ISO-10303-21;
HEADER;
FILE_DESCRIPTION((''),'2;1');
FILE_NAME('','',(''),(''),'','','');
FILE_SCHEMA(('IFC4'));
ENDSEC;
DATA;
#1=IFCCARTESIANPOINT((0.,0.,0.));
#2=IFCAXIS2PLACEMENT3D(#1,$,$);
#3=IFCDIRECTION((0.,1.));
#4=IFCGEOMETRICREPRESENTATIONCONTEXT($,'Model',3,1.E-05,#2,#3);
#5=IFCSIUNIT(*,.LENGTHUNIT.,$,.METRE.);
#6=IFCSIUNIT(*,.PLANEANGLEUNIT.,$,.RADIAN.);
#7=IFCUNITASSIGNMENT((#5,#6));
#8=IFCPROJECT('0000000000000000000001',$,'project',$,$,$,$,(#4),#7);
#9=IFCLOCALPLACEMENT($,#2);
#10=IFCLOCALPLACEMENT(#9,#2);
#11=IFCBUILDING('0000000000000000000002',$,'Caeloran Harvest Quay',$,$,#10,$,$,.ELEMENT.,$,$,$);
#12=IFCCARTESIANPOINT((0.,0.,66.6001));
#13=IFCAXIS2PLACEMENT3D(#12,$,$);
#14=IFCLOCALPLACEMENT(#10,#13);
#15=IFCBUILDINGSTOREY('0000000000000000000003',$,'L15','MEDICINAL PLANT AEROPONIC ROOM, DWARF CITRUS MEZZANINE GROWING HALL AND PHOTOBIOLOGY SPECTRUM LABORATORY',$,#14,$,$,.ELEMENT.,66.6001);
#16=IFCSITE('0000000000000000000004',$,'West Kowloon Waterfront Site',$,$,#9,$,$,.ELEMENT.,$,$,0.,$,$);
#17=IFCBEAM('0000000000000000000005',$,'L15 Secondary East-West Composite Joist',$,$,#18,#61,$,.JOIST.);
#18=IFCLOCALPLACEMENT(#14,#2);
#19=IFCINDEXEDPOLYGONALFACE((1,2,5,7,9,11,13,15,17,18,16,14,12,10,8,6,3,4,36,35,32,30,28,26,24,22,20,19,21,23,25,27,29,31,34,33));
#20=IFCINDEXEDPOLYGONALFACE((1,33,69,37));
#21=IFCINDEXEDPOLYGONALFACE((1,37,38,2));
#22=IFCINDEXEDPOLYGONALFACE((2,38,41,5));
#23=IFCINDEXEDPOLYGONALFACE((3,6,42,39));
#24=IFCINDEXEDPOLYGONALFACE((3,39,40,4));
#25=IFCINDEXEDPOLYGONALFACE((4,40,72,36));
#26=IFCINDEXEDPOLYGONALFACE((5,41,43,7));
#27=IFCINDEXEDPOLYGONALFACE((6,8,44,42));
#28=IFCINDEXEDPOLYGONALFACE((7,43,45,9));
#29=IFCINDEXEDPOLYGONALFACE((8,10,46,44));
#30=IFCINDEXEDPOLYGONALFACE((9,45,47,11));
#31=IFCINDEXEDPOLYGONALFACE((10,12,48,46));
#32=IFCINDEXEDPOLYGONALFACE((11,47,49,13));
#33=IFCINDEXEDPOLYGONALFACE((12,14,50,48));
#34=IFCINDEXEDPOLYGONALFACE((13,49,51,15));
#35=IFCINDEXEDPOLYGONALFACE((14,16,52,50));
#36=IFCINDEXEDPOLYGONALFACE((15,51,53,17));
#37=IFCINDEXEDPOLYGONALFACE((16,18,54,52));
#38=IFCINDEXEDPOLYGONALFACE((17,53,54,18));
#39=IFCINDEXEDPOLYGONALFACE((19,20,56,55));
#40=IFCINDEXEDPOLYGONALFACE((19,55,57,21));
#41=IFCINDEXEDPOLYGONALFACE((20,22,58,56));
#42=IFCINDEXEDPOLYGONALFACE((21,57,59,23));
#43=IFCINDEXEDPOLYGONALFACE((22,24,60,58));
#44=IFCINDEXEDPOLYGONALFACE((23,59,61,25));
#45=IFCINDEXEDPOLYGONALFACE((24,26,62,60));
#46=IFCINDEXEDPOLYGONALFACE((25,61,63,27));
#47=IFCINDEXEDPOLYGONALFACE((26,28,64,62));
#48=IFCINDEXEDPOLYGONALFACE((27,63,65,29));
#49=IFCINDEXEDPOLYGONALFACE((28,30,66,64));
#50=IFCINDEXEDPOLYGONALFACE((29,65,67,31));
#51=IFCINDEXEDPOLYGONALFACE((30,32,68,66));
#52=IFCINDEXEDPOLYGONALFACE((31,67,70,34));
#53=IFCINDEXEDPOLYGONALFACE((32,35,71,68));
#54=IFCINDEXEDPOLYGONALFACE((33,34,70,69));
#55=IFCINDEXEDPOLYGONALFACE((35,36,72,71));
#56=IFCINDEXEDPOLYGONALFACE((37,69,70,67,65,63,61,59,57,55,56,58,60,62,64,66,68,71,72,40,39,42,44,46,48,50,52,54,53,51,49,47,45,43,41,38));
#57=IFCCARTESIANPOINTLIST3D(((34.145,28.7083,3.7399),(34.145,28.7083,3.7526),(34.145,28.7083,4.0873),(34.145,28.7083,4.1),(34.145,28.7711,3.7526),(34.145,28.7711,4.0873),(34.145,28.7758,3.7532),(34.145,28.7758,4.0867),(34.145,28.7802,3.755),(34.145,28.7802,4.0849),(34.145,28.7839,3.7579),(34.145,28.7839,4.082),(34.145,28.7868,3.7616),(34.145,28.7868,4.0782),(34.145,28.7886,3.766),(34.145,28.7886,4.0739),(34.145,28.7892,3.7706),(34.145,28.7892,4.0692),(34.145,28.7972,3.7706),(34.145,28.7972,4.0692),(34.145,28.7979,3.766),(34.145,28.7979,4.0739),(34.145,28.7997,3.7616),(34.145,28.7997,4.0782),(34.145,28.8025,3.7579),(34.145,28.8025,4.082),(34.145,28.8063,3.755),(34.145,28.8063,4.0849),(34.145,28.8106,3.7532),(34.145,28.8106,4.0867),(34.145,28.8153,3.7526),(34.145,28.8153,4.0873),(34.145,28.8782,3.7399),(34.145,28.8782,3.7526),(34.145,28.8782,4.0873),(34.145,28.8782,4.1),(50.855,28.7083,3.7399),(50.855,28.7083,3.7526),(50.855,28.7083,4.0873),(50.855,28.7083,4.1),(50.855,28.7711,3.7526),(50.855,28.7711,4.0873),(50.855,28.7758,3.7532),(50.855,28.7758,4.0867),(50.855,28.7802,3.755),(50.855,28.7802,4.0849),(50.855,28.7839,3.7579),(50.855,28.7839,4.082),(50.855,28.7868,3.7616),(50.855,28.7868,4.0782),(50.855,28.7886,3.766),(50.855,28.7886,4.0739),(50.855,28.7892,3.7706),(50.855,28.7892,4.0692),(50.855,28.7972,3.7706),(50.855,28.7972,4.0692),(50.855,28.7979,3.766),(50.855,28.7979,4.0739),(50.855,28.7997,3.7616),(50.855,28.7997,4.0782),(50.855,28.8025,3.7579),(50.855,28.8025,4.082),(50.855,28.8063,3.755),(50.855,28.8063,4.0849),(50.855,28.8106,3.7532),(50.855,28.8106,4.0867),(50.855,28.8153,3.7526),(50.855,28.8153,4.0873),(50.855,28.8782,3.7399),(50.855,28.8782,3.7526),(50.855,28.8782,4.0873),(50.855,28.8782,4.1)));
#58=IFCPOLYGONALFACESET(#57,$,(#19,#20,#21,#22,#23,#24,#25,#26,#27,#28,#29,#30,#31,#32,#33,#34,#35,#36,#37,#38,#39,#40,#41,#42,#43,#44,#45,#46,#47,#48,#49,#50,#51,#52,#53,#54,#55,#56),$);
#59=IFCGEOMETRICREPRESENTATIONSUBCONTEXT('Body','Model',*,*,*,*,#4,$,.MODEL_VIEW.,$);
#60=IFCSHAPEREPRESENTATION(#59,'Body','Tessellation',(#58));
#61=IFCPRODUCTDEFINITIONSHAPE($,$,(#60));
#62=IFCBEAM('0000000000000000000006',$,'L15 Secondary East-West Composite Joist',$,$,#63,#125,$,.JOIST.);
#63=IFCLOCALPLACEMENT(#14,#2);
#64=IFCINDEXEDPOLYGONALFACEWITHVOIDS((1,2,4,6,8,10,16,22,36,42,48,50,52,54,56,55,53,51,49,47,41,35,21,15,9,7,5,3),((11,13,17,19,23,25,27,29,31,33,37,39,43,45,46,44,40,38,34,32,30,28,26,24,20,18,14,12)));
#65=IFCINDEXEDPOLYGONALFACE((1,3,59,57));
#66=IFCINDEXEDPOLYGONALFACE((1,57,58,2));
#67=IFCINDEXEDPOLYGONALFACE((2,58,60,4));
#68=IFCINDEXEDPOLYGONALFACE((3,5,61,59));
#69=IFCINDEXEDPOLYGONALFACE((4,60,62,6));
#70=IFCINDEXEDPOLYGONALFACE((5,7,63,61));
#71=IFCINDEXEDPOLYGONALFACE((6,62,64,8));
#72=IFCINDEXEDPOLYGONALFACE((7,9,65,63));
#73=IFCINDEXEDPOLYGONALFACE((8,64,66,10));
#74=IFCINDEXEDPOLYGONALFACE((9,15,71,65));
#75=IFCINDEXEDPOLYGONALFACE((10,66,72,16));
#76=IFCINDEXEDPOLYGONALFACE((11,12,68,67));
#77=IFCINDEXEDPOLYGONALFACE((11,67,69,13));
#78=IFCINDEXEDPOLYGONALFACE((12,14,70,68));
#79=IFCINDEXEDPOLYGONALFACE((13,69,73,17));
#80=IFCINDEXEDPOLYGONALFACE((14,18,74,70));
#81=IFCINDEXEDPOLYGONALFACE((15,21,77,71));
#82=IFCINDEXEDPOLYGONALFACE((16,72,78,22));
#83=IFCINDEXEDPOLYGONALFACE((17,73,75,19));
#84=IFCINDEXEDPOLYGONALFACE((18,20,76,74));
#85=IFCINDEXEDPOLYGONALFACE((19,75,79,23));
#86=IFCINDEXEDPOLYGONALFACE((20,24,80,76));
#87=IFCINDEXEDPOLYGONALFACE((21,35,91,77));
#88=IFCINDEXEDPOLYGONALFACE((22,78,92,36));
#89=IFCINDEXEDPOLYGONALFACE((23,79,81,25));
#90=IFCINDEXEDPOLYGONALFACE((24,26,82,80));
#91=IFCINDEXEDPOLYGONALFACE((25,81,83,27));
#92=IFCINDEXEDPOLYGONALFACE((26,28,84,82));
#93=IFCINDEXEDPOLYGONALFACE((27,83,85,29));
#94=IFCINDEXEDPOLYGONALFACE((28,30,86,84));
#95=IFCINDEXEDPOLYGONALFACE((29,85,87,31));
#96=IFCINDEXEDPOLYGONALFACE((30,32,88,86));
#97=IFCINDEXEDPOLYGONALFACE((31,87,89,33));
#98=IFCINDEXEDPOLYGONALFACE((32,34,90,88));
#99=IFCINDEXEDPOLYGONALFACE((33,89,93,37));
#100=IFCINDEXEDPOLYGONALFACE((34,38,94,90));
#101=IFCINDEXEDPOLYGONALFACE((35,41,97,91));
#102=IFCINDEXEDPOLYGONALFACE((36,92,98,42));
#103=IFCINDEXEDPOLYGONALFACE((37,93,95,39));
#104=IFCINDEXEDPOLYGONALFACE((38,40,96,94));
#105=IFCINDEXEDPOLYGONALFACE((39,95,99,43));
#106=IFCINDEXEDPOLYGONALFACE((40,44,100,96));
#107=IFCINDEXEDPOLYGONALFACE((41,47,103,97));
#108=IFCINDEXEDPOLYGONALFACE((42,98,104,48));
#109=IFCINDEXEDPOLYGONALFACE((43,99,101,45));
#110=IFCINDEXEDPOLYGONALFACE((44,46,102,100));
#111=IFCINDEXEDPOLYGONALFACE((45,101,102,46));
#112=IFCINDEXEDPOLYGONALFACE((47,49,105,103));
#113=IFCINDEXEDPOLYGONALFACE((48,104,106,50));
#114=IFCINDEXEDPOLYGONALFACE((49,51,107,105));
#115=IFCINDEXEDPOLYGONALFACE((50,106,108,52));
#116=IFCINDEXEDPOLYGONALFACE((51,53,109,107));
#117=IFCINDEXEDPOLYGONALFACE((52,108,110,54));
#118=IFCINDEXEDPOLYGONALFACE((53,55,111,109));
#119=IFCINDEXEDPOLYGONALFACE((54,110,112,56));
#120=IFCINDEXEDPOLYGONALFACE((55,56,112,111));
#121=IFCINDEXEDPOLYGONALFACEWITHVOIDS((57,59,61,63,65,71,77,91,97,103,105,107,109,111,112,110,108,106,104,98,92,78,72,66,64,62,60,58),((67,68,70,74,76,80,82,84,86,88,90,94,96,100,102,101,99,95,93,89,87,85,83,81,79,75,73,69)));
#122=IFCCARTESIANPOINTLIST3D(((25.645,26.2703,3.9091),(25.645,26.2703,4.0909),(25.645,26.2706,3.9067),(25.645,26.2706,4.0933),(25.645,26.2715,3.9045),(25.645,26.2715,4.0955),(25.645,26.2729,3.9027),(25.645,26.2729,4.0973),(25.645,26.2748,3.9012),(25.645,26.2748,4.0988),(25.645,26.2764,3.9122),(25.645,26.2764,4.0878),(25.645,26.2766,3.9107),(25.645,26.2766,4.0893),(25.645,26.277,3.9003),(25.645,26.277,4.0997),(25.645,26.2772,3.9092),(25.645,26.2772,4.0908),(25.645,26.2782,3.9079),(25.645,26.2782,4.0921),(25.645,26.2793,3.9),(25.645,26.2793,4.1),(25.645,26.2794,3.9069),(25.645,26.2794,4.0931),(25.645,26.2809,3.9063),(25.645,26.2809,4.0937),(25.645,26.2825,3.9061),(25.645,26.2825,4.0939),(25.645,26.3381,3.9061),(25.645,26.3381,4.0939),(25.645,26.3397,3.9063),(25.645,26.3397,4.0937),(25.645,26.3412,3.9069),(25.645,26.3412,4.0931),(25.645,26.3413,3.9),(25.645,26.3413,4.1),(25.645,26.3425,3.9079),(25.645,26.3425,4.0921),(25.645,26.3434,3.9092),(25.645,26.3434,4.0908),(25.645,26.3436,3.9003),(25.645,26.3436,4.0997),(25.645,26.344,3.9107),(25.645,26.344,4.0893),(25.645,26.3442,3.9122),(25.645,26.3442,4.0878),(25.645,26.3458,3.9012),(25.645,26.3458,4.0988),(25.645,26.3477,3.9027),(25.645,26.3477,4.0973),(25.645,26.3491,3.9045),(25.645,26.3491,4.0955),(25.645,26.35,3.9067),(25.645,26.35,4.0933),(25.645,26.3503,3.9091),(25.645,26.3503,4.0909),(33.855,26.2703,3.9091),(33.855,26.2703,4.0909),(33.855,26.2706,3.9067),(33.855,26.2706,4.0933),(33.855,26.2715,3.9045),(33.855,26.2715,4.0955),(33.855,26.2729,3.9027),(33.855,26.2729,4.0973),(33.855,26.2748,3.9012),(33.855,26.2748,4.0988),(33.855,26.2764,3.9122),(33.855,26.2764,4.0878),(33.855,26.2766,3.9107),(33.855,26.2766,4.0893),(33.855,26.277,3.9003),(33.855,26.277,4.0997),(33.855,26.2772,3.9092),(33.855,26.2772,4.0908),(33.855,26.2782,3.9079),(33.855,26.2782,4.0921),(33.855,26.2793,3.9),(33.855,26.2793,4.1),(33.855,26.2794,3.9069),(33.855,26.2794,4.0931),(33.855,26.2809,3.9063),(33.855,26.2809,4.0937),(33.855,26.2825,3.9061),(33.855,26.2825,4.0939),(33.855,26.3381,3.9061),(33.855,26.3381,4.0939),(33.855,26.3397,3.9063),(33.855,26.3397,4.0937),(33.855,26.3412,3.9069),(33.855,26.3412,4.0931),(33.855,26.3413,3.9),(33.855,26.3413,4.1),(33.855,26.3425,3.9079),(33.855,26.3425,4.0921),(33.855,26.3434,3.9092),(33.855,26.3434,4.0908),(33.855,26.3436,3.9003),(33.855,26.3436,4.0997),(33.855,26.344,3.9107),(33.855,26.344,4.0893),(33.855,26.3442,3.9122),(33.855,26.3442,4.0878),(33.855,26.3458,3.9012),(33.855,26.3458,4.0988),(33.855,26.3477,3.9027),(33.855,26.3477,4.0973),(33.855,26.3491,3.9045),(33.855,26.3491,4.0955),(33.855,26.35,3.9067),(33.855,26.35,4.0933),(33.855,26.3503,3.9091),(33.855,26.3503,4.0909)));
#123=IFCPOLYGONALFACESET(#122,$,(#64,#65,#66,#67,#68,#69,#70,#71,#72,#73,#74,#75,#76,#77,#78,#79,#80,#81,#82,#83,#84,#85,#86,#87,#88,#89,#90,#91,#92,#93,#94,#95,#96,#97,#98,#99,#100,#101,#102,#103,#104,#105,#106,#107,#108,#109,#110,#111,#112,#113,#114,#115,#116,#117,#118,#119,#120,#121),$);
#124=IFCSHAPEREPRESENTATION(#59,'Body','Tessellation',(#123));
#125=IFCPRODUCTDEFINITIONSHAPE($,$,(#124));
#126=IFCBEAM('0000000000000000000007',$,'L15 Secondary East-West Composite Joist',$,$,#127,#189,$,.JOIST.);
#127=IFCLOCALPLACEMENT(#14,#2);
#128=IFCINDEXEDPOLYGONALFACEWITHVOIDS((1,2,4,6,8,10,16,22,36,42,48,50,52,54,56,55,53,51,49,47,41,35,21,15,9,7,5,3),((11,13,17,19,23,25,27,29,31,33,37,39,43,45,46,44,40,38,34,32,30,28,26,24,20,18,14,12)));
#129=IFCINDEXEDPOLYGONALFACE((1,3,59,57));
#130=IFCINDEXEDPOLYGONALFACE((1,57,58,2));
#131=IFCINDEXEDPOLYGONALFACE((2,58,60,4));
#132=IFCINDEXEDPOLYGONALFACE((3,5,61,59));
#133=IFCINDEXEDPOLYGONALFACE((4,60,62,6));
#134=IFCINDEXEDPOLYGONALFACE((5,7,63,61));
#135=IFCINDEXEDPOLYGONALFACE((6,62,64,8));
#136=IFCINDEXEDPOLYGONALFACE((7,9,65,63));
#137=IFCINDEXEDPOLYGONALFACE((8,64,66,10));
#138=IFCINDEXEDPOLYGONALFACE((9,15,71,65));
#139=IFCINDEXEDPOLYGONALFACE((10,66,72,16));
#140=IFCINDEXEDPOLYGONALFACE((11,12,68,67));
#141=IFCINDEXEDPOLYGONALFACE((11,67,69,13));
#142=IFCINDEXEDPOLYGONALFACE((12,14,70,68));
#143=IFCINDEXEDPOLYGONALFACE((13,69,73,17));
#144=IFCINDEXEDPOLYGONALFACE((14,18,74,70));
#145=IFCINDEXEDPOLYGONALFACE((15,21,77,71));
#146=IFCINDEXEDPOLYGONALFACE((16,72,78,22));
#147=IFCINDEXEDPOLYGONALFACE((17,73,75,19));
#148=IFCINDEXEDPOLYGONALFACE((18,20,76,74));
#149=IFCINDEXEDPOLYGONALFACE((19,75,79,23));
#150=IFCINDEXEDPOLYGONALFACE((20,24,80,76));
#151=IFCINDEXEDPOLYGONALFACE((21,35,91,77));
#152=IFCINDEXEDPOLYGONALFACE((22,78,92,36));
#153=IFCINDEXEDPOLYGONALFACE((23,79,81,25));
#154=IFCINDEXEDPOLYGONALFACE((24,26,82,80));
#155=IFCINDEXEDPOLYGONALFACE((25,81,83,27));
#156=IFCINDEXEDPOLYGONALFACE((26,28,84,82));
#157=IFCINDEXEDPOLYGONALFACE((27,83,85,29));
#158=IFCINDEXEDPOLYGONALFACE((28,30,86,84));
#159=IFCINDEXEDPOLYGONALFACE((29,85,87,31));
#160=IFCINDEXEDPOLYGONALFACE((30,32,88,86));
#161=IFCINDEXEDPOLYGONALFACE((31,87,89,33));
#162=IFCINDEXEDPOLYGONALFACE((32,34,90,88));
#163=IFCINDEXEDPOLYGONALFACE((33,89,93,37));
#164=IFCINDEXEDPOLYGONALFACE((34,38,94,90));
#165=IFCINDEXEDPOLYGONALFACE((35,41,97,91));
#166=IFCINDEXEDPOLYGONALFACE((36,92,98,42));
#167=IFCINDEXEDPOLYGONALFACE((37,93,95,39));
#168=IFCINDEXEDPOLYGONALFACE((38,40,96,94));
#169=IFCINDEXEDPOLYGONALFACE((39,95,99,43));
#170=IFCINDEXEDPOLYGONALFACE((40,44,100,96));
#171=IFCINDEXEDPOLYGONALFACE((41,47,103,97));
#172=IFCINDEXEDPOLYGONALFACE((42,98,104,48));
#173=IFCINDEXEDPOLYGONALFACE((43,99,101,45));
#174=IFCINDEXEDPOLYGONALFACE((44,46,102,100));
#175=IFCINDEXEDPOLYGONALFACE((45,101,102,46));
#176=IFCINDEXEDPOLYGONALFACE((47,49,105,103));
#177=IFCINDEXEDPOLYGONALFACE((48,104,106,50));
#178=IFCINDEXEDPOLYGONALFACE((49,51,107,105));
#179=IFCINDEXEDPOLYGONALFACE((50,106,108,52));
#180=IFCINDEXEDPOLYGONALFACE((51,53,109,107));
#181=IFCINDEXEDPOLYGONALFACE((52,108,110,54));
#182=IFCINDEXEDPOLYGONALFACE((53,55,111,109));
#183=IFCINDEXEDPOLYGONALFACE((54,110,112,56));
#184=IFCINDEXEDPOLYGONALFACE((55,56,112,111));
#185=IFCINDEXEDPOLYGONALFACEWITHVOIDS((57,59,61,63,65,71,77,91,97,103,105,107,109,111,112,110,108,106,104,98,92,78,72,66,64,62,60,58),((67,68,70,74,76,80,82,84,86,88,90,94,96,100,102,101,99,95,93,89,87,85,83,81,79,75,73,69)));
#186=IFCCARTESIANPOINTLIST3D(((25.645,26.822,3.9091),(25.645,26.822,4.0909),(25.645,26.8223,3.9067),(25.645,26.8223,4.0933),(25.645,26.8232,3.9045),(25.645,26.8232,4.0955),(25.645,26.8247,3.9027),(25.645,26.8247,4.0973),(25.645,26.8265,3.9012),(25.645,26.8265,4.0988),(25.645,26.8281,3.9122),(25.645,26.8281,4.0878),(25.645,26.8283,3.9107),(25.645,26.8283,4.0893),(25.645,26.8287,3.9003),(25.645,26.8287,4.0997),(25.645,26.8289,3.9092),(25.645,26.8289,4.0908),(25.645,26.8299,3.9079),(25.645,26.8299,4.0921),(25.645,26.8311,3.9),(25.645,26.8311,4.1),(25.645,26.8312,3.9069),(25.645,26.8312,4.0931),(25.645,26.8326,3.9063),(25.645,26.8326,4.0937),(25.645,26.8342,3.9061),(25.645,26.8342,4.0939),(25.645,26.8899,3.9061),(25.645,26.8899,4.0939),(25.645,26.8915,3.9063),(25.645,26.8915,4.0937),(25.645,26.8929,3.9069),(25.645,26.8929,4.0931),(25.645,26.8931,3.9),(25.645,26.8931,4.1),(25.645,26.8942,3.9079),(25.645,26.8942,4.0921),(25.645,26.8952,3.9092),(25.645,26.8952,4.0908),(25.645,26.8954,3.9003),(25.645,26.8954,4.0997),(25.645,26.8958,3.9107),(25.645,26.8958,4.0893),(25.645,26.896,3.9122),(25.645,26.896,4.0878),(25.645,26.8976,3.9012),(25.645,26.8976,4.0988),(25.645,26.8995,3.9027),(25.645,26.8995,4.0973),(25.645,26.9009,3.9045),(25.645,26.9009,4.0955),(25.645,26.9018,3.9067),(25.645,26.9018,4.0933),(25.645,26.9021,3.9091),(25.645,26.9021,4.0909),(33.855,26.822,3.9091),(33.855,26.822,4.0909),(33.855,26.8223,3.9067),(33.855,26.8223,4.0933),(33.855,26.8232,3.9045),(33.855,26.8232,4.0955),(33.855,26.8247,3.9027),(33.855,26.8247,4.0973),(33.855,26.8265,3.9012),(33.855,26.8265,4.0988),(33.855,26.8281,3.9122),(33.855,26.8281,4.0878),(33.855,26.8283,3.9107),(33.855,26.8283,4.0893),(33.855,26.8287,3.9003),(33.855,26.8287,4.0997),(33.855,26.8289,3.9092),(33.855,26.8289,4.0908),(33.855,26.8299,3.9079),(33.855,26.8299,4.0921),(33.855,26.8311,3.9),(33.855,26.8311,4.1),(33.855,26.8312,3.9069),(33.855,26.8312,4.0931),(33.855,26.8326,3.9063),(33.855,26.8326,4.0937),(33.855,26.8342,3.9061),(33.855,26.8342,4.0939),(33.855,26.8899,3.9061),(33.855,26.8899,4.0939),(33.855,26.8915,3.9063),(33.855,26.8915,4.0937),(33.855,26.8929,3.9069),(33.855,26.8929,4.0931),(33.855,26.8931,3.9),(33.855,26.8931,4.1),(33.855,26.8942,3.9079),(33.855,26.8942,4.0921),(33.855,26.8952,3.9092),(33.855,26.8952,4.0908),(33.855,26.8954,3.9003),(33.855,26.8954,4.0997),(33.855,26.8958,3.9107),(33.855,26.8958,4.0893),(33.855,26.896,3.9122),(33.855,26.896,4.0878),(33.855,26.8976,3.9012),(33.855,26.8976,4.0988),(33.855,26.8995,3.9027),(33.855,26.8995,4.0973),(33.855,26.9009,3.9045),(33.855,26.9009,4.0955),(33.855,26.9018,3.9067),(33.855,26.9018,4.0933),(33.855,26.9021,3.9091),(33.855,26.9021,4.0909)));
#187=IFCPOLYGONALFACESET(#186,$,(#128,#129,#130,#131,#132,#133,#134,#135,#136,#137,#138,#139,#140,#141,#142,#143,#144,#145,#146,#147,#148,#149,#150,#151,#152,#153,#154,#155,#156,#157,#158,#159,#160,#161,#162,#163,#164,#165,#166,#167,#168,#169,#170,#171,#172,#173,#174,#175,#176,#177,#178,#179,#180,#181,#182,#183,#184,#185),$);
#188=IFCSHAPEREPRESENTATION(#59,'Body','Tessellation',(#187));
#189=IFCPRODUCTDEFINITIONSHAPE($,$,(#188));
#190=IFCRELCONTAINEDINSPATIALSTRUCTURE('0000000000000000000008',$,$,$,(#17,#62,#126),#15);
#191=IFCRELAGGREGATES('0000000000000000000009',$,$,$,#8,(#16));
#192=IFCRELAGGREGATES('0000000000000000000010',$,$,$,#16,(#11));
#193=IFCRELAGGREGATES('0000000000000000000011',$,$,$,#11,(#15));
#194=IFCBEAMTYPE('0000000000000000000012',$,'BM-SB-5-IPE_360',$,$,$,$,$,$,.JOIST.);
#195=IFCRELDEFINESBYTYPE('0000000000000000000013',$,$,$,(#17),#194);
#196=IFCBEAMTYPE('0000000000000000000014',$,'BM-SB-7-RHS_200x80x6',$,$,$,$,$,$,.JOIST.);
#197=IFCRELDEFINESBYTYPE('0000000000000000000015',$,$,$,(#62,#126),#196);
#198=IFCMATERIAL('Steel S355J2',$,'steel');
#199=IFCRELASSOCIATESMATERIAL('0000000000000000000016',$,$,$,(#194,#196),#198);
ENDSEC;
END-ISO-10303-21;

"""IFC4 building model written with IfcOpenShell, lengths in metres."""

from ifc_helpers import new_model, si_unit, direction, frame, origin, origin_2d, place, context, subcontext, project, spatial, hollow_rectangle, i_section, extrude, material, material_profile, profile_set, type_object, element, save


model = new_model("IFC4")

# Units and contexts
model_context = context("Model", 3, precision=1e-05, world=origin(), true_north=direction((0.0, 1.0)))
body_context = subcontext(model_context, "Body", "Model", "MODEL_VIEW")
ifc_project = project(units=[si_unit("LENGTHUNIT", "METRE"), si_unit("PLANEANGLEUNIT", "RADIAN")], contexts=[model_context])

# Site, building, storey
site_placement = place(None, origin())
site = spatial("IfcSite", under=ifc_project, at=site_placement, Name="West Kowloon Waterfront Site", CompositionType="ELEMENT", RefElevation=0.0)
building_placement = place(site_placement, origin())
building = spatial("IfcBuilding", under=site, at=building_placement, Name="Caeloran Harvest Quay", CompositionType="ELEMENT")
storey_placement = place(building_placement, frame((0.0, 0.0, 66.6001)))
storey = spatial("IfcBuildingStorey", under=building, at=storey_placement, Name="L15", Description="MEDICINAL PLANT AEROPONIC ROOM, DWARF CITRUS MEZZANINE GROWING HALL AND PHOTOBIOLOGY SPECTRUM LABORATORY", CompositionType="ELEMENT", Elevation=66.6001)

# Beams
ifc_material_1 = material(Name="Steel S355J2", Category="steel")
ifc_material_profile_1 = material_profile(ifc_material_1, i_section(OverallWidth=0.1699, OverallDepth=0.3601, WebThickness=0.0081, FlangeThickness=0.0127, FilletRadius=0.0181, at=origin_2d()), Name="IPE 360")
ifc_profile_set_1 = profile_set([ifc_material_profile_1], Name="Steel S355J2")
beam_type_1 = type_object("IfcBeamType", Name="BM-SB-5-IPE_360", PredefinedType="JOIST", material=ifc_profile_set_1)
beam_1_placement = place(storey_placement, frame((34.145, 28.7932, 3.9199), z_axis=(1.0, 0.0, 0.0), x_axis=(0.0, 1.0, 0.0)))
element("IfcBeam", 1, at=beam_1_placement, inside=storey, type_object=beam_type_1, Name="L15 Secondary East-West Composite Joist", PredefinedType="JOIST", context=body_context, shape_type="SweptSolid", body=[
    extrude(i_section(OverallWidth=0.1699, OverallDepth=0.3601, WebThickness=0.0081, FlangeThickness=0.0127, FilletRadius=0.0181, at=origin_2d()), origin(), (0.0, 0.0, 1.0), 16.71),
])
ifc_material_profile_2 = material_profile(ifc_material_1, hollow_rectangle(XDim=0.0801, YDim=0.2, WallThickness=0.0061, InnerFilletRadius=0.0061, OuterFilletRadius=0.009, at=origin_2d()), Name="RHS 200x80x6")
ifc_profile_set_2 = profile_set([ifc_material_profile_2], Name="Steel S355J2")
beam_type_2 = type_object("IfcBeamType", Name="BM-SB-7-RHS_200x80x6", PredefinedType="JOIST", material=ifc_profile_set_2)
for number, where, z_axis, x_axis, name in (
    (2, (25.645, 26.3103, 4.0), (1.0, 0.0, 0.0), (0.0, 1.0, 0.0), "L15 Secondary East-West Composite Joist"),
    (3, (25.645, 26.8621, 4.0), (1.0, 0.0, 0.0), (0.0, 1.0, 0.0), "L15 Secondary East-West Composite Joist"),
):
    element("IfcBeam", number, at=place(storey_placement, frame(where, z_axis=z_axis, x_axis=x_axis)), inside=storey, type_object=beam_type_2, Name=name, PredefinedType="JOIST", context=body_context, shape_type="SweptSolid", body=[
        extrude(hollow_rectangle(XDim=0.0801, YDim=0.2, WallThickness=0.0061, InnerFilletRadius=0.0061, OuterFilletRadius=0.009, at=origin_2d()), origin(), (0.0, 0.0, 1.0), 8.21),
    ])

save(model, "model.ifc")
